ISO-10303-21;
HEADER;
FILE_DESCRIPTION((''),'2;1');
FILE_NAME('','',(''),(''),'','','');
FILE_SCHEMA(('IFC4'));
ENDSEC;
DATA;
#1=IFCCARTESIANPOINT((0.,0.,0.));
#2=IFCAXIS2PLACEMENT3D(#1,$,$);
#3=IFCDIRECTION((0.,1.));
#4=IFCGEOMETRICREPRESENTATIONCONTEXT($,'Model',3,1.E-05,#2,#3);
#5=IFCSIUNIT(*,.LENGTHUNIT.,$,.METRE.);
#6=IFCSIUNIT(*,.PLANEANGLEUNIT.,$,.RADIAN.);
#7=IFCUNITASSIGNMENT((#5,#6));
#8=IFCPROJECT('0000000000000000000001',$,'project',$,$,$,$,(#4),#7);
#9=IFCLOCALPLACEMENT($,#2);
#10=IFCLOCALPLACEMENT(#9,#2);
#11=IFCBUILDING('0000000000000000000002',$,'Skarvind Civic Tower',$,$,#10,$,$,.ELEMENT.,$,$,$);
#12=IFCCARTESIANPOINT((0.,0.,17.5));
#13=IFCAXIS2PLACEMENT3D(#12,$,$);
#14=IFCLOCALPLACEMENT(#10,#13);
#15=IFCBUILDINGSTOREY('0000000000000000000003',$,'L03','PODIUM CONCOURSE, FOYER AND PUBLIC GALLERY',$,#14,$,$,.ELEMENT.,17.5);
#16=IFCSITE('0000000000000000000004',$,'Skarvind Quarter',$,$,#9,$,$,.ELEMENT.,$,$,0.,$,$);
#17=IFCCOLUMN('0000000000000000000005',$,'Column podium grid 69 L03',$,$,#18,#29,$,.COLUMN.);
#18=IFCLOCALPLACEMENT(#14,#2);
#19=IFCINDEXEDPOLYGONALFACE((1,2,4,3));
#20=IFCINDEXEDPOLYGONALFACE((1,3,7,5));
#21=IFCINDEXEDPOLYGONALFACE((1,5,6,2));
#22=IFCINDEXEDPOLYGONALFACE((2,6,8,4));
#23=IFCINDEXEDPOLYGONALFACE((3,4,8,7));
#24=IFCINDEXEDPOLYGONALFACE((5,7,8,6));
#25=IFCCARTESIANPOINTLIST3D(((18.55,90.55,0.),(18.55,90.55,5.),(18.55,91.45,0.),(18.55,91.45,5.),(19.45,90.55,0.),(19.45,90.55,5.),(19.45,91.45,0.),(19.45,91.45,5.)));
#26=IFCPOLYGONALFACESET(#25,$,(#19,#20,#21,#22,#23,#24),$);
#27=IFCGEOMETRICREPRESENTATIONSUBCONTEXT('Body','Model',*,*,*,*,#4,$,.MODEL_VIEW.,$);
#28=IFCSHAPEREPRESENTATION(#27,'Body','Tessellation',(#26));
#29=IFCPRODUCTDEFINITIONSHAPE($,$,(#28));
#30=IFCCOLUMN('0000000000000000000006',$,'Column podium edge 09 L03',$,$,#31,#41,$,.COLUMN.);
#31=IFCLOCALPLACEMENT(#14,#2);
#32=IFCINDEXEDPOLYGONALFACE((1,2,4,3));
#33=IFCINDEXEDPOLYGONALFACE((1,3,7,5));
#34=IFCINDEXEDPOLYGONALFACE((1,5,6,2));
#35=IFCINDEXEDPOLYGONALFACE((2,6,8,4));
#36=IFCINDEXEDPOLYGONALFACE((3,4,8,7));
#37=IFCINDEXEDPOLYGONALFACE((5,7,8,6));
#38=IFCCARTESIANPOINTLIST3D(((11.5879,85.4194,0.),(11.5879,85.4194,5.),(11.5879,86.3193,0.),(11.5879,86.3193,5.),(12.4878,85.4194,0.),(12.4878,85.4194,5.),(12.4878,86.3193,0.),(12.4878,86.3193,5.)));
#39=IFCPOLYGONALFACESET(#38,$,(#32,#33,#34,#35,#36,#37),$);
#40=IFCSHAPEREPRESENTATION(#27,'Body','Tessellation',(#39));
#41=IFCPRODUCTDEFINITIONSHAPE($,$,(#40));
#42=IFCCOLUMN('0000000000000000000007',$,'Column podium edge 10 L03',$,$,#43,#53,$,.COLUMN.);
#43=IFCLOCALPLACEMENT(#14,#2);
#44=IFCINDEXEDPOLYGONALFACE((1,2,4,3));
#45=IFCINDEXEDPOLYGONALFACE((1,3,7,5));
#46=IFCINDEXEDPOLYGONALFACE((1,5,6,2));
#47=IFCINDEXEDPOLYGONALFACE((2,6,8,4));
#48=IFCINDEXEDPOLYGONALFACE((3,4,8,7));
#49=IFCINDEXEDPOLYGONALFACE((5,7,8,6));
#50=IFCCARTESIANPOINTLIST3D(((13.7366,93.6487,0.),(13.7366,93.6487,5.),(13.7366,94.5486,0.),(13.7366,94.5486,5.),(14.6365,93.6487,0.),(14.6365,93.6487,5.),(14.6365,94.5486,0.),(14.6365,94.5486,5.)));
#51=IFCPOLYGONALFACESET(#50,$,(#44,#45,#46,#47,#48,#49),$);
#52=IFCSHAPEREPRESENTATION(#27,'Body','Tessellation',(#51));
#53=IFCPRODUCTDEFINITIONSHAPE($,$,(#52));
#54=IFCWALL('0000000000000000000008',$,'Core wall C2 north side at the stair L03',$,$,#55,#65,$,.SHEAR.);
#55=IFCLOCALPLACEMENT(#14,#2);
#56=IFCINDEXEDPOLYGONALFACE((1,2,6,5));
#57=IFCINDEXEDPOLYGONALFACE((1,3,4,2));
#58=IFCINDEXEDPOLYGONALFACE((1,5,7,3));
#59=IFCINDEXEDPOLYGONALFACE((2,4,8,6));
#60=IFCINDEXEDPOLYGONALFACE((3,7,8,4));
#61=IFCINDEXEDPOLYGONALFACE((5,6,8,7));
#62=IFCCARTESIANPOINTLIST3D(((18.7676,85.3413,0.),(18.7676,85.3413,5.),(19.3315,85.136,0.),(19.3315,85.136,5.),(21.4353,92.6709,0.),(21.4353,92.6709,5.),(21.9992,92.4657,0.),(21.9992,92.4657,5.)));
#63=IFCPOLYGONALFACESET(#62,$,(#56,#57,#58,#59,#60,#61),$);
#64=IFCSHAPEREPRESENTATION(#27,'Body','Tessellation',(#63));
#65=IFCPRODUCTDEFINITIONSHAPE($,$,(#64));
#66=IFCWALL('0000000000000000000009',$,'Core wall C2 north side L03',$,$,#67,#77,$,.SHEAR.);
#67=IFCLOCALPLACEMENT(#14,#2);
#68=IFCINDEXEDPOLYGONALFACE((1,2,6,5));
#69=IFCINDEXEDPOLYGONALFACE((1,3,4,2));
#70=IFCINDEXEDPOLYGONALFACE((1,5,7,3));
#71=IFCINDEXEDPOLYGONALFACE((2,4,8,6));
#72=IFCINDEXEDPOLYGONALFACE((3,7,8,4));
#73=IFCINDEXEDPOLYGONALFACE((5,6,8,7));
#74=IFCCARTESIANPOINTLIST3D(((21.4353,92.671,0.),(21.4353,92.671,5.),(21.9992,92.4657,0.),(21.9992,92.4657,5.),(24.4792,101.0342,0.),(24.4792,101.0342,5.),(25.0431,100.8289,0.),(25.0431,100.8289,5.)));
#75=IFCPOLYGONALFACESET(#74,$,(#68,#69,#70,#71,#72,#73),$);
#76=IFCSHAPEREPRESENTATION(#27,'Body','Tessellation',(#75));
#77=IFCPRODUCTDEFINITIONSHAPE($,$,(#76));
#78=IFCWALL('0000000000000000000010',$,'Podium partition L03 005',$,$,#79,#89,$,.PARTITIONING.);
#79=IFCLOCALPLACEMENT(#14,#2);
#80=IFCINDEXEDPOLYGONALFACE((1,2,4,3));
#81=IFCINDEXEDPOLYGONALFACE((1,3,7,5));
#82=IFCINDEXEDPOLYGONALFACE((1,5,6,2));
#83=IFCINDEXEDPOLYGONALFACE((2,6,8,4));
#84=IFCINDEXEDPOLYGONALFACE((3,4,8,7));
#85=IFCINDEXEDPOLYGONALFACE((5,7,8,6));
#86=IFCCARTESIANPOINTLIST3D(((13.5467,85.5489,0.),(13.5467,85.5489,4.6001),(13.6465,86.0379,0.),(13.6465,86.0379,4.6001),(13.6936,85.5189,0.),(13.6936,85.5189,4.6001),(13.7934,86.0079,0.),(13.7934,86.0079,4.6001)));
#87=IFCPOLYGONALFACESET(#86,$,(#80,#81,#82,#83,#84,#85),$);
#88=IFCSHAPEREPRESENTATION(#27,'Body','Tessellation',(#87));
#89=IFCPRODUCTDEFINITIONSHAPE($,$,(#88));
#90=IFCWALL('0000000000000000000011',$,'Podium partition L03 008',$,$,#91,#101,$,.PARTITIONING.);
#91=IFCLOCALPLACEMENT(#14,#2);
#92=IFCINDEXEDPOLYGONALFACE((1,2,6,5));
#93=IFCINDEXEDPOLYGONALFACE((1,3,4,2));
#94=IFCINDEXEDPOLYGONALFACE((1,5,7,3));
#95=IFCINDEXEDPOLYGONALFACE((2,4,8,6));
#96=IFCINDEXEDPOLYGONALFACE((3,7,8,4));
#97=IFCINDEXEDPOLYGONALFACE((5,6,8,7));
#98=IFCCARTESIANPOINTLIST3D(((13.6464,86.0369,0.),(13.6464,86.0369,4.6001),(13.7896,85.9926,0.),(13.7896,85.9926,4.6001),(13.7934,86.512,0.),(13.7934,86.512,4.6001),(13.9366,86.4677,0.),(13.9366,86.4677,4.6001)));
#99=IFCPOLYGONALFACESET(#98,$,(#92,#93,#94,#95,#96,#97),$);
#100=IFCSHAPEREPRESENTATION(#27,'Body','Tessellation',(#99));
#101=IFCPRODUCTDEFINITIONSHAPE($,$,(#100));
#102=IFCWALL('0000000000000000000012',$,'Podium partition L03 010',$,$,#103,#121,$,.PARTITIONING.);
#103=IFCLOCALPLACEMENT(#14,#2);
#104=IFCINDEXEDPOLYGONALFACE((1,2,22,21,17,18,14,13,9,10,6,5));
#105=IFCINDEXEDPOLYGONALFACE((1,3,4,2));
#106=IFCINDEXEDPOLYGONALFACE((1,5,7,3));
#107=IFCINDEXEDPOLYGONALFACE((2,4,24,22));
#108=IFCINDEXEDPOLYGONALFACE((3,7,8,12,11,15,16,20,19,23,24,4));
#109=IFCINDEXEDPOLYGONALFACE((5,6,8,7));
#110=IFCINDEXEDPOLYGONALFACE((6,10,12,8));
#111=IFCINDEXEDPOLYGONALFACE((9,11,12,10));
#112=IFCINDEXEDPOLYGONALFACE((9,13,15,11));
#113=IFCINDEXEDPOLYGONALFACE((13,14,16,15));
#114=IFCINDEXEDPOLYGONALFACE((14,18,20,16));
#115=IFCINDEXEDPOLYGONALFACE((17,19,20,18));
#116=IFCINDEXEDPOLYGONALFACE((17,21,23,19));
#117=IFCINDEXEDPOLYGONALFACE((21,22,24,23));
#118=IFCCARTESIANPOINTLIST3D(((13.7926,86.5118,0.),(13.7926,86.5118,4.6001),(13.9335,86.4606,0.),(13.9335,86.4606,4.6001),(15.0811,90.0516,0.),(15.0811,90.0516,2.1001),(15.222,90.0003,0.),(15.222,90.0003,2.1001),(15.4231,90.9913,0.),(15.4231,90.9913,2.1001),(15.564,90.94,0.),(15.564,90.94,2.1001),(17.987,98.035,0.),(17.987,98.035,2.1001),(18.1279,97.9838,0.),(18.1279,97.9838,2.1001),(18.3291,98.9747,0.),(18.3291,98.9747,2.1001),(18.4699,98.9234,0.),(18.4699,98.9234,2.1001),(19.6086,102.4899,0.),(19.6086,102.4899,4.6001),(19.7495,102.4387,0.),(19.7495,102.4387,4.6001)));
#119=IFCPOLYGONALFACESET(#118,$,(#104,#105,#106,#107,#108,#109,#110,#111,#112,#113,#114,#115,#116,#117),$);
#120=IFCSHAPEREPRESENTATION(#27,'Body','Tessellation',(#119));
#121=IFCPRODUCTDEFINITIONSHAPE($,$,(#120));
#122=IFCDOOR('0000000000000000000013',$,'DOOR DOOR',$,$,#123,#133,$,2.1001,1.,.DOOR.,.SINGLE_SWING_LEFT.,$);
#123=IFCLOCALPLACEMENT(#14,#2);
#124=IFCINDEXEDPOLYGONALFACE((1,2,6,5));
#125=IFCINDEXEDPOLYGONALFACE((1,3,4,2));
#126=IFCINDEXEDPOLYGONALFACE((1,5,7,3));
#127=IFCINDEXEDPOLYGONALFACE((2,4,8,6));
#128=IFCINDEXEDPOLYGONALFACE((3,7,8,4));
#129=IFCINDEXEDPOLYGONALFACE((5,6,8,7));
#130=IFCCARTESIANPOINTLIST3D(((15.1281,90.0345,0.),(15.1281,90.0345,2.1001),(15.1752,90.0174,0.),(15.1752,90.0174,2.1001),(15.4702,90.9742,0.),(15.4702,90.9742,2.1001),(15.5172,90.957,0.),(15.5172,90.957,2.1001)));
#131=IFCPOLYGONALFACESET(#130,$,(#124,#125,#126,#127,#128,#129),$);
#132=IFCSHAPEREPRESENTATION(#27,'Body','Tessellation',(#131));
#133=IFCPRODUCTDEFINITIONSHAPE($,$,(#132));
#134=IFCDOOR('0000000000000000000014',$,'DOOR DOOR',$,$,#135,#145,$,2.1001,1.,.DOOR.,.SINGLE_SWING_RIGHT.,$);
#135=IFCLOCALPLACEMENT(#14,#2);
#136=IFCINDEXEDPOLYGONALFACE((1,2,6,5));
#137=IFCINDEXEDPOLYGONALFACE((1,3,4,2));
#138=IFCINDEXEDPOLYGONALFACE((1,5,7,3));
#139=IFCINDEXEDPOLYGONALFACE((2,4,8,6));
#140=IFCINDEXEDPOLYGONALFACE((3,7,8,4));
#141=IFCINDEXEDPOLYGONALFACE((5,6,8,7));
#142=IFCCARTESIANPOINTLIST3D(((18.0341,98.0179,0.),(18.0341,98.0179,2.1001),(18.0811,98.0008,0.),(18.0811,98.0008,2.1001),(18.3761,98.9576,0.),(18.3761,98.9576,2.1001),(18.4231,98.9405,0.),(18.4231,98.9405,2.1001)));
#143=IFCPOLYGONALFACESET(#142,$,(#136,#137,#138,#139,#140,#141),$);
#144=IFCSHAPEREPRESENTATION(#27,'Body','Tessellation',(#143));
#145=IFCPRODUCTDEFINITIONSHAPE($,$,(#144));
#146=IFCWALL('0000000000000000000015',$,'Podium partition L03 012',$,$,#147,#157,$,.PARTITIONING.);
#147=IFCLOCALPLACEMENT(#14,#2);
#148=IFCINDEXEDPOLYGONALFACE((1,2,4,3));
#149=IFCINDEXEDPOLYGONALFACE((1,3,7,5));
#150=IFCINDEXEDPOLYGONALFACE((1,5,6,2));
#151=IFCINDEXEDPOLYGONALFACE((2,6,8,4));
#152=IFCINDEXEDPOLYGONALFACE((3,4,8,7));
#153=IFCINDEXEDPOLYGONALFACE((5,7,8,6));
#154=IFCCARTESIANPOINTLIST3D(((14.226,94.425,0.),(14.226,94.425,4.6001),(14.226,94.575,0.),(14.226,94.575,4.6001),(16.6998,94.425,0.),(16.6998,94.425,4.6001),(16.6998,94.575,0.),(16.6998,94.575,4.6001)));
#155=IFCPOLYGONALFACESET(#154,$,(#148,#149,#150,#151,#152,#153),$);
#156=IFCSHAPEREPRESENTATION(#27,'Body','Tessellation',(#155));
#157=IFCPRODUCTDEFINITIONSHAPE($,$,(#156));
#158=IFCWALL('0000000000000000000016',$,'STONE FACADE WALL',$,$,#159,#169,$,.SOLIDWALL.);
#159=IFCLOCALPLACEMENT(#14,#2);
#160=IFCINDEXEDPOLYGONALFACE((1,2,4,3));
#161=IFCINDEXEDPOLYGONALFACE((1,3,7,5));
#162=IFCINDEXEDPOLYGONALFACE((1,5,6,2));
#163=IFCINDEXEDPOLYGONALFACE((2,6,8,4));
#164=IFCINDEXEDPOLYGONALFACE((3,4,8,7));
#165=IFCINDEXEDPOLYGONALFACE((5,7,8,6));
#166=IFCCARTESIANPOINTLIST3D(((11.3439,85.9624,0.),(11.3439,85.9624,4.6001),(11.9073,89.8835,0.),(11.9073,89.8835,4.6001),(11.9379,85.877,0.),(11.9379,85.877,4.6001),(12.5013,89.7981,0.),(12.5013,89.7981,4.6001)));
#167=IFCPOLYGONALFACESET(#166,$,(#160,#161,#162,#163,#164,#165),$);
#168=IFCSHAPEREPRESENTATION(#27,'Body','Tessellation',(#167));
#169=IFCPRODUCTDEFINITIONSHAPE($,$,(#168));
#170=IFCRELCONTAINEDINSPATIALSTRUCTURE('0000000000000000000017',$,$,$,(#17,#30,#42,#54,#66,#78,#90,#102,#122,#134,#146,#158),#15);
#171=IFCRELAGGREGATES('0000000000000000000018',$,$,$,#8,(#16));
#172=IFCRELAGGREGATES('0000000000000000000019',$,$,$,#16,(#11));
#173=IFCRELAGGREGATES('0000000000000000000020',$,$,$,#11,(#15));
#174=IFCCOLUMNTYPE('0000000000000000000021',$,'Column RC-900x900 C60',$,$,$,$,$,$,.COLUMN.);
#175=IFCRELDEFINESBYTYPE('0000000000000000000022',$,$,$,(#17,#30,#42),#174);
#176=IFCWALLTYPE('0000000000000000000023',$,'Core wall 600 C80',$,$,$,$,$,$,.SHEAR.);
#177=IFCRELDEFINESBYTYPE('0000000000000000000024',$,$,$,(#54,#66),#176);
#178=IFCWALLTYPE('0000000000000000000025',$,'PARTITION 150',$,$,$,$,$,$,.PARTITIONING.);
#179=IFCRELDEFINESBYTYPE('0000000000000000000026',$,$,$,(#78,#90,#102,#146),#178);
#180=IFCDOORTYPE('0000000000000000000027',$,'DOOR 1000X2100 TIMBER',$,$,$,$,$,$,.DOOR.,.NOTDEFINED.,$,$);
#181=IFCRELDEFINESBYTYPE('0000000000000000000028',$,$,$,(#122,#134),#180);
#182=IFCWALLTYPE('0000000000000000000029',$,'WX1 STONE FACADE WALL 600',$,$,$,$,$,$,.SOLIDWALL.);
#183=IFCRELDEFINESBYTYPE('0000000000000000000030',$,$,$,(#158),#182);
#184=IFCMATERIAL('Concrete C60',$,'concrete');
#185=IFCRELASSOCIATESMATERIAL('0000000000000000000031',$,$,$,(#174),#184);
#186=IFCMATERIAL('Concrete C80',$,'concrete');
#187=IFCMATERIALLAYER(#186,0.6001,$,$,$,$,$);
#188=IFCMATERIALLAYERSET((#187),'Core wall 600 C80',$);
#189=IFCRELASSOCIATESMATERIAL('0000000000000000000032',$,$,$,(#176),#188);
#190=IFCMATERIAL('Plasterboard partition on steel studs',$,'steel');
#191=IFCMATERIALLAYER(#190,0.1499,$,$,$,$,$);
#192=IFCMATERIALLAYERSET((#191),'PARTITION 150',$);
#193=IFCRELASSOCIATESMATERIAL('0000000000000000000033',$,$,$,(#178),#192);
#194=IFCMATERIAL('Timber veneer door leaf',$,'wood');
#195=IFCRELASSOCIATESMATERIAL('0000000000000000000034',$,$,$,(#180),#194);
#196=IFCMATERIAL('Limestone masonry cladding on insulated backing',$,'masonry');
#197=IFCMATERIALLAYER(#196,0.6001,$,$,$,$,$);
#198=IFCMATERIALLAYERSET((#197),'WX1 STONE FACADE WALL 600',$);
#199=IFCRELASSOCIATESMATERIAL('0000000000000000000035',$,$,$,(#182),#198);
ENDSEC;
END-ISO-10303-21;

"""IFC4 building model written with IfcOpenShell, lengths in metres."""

from ifc_helpers import new_model, si_unit, direction, frame, frame_2d, origin, origin_2d, place, context, subcontext, project, spatial, rectangle, extrude, material, layer, layer_set, material_profile, profile_set, type_object, element, fill, save


model = new_model("IFC4")

# Units and contexts
model_context = context("Model", 3, precision=1e-05, world=origin(), true_north=direction((0.0, 1.0)))
body_context = subcontext(model_context, "Body", "Model", "MODEL_VIEW")
ifc_project = project(units=[si_unit("LENGTHUNIT", "METRE"), si_unit("PLANEANGLEUNIT", "RADIAN")], contexts=[model_context])

# Site, building, storey
site_placement = place(None, origin())
site = spatial("IfcSite", under=ifc_project, at=site_placement, Name="Skarvind Quarter", CompositionType="ELEMENT", RefElevation=0.0)
building_placement = place(site_placement, origin())
building = spatial("IfcBuilding", under=site, at=building_placement, Name="Skarvind Civic Tower", CompositionType="ELEMENT")
storey_placement = place(building_placement, frame((0.0, 0.0, 17.5)))
storey = spatial("IfcBuildingStorey", under=building, at=storey_placement, Name="L03", Description="PODIUM CONCOURSE, FOYER AND PUBLIC GALLERY", CompositionType="ELEMENT", Elevation=17.5)

# Columns
ifc_material_1 = material(Name="Concrete C60", Category="concrete")
ifc_material_profile = material_profile(ifc_material_1, rectangle(XDim=0.8999, YDim=0.8999, at=origin_2d()), Name="RC-900x900")
ifc_profile_set = profile_set([ifc_material_profile], Name="Concrete C60")
column_type = type_object("IfcColumnType", Name="Column RC-900x900 C60", PredefinedType="COLUMN", material=ifc_profile_set)
for number, where, z_axis, x_axis, name in (
    (1, (19.0, 91.0, 0.0), (0.0, 0.0, 1.0), (1.0, 0.0, 0.0), "Column podium grid 69 L03"),
    (2, (12.0378, 85.8694, 0.0), (0.0, 0.0, 1.0), (1.0, 0.0, 0.0), "Column podium edge 09 L03"),
    (3, (14.1865, 94.0986, 0.0), (0.0, 0.0, 1.0), (1.0, 0.0, 0.0), "Column podium edge 10 L03"),
):
    element("IfcColumn", number, at=place(storey_placement, frame(where, z_axis=z_axis, x_axis=x_axis)), inside=storey, type_object=column_type, Name=name, PredefinedType="COLUMN", context=body_context, shape_type="SweptSolid", body=[
        extrude(rectangle(XDim=0.8999, YDim=0.8999, at=origin_2d()), origin(), (0.0, 0.0, 1.0), 5.0),
    ])

# Walls
ifc_material_2 = material(Name="Concrete C80", Category="concrete")
ifc_layer_1 = layer(ifc_material_2, 0.6001)
ifc_layer_set_1 = layer_set([ifc_layer_1], Name="Core wall 600 C80")
wall_type_1 = type_object("IfcWallType", Name="Core wall 600 C80", PredefinedType="SHEAR", material=ifc_layer_set_1)
wall_1_placement = place(storey_placement, frame((19.0496, 85.2388, 0.0), z_axis=(0.0, 0.0, 1.0), x_axis=(0.342017, 0.939694, 0.0)))
element("IfcWall", 4, at=wall_1_placement, inside=storey, type_object=wall_type_1, Name="Core wall C2 north side at the stair L03", PredefinedType="SHEAR", context=body_context, shape_type="SweptSolid", body=[
    extrude(rectangle(XDim=7.8, YDim=0.6001, at=frame_2d((3.8999, 0.0))), origin(), (0.0, 0.0, 1.0), 5.0),
])
wall_2_placement = place(storey_placement, frame((21.7173, 92.5684, 0.0), z_axis=(0.0, 0.0, 1.0), x_axis=(0.342016, 0.939694, 0.0)))
element("IfcWall", 5, at=wall_2_placement, inside=storey, type_object=wall_type_1, Name="Core wall C2 north side L03", PredefinedType="SHEAR", context=body_context, shape_type="SweptSolid", body=[
    extrude(rectangle(XDim=8.8999, YDim=0.6001, at=frame_2d((4.45, 0.0))), origin(), (0.0, 0.0, 1.0), 5.0),
])
ifc_material_3 = material(Name="Plasterboard partition on steel studs", Category="steel")
ifc_layer_2 = layer(ifc_material_3, 0.1499)
ifc_layer_set_2 = layer_set([ifc_layer_2], Name="PARTITION 150")
wall_type_2 = type_object("IfcWallType", Name="PARTITION 150", PredefinedType="PARTITIONING", material=ifc_layer_set_2)
wall_3_placement = place(storey_placement, frame((13.6201, 85.5339, 0.0), z_axis=(0.0, 0.0, 1.0), x_axis=(0.200065, 0.979783, 0.0)))
element("IfcWall", 6, at=wall_3_placement, inside=storey, type_object=wall_type_2, Name="Podium partition L03 005", PredefinedType="PARTITIONING", context=body_context, shape_type="SweptSolid", body=[
    extrude(rectangle(XDim=0.499, YDim=0.1499, at=frame_2d((0.2495, 0.0))), origin(), (0.0, 0.0, 1.0), 4.6001),
])
wall_4_placement = place(storey_placement, frame((13.718, 86.0149, 0.0), z_axis=(0.0, 0.0, 1.0), x_axis=(0.295534, 0.955332, 0.0)))
element("IfcWall", 7, at=wall_4_placement, inside=storey, type_object=wall_type_2, Name="Podium partition L03 008", PredefinedType="PARTITIONING", context=body_context, shape_type="SweptSolid", body=[
    extrude(rectangle(XDim=0.4973, YDim=0.1499, at=frame_2d((0.2485, 0.0))), origin(), (0.0, 0.0, 1.0), 4.6001),
])

# Wall, openings, doors
wall_5_placement = place(storey_placement, frame((13.863, 86.4861, 0.0), z_axis=(0.0, 0.0, 1.0), x_axis=(0.34204, 0.939685, 0.0)))
wall_5 = element("IfcWall", 8, at=wall_5_placement, inside=storey, type_object=wall_type_2, Name="Podium partition L03 010", PredefinedType="PARTITIONING", context=body_context, shape_type="SweptSolid", body=[
    extrude(rectangle(XDim=17.0037, YDim=0.1499, at=frame_2d((8.502, 0.0))), origin(), (0.0, 0.0, 1.0), 4.6001),
])
opening_1_placement = place(wall_5_placement, frame((3.7671, 0.0, 0.0)))
opening_1 = element("IfcOpeningElement", 9, at=opening_1_placement, cuts=wall_5, PredefinedType="OPENING", context=body_context, shape_type="SweptSolid", body=[
    extrude(rectangle(XDim=1.0, YDim=2.1001, at=frame_2d((0.5, 1.05))), frame((0.0, 0.085, 0.0), z_axis=(0.0, -1.0, 0.0), x_axis=(1.0, 0.0, 0.0)), (0.0, 0.0, 1.0), 0.1699),
])
opening_2_placement = place(wall_5_placement, frame((12.2629, 0.0, 0.0)))
opening_2 = element("IfcOpeningElement", 10, at=opening_2_placement, cuts=wall_5, PredefinedType="OPENING", context=body_context, shape_type="SweptSolid", body=[
    extrude(rectangle(XDim=1.0, YDim=2.1001, at=frame_2d((0.5, 1.05))), frame((0.0, 0.085, 0.0), z_axis=(0.0, -1.0, 0.0), x_axis=(1.0, 0.0, 0.0)), (0.0, 0.0, 1.0), 0.1699),
])
ifc_material_4 = material(Name="Timber veneer door leaf", Category="wood")
door_type = type_object("IfcDoorType", Name="DOOR 1000X2100 TIMBER", OperationType="NOTDEFINED", PredefinedType="DOOR", material=ifc_material_4)
door_1_placement = place(opening_1_placement, origin())
door_1 = element("IfcDoor", 11, at=door_1_placement, inside=storey, type_object=door_type, Name="DOOR DOOR", OperationType="SINGLE_SWING_LEFT", OverallHeight=2.1001, OverallWidth=1.0, PredefinedType="DOOR", context=body_context, shape_type="SweptSolid", body=[
    extrude(rectangle(XDim=1.0, YDim=2.1001, at=frame_2d((0.5, 1.05))), frame((0.0, 0.0249, 0.0), z_axis=(0.0, -1.0, 0.0), x_axis=(1.0, 0.0, 0.0)), (0.0, 0.0, 1.0), 0.05),
])
fill(opening_1, door_1)
door_2_placement = place(opening_2_placement, origin())
door_2 = element("IfcDoor", 12, at=door_2_placement, inside=storey, type_object=door_type, Name="DOOR DOOR", OperationType="SINGLE_SWING_RIGHT", OverallHeight=2.1001, OverallWidth=1.0, PredefinedType="DOOR", context=body_context, shape_type="SweptSolid", body=[
    extrude(rectangle(XDim=1.0, YDim=2.1001, at=frame_2d((0.5, 1.05))), frame((0.0, 0.0249, 0.0), z_axis=(0.0, -1.0, 0.0), x_axis=(1.0, 0.0, 0.0)), (0.0, 0.0, 1.0), 0.05),
])
fill(opening_2, door_2)

# Wall
wall_6_placement = place(storey_placement, frame((14.2261, 94.5, 0.0), z_axis=(0.0, 0.0, 1.0), x_axis=(1.0, 0.0, 0.0)))
element("IfcWall", 13, at=wall_6_placement, inside=storey, type_object=wall_type_2, Name="Podium partition L03 012", PredefinedType="PARTITIONING", context=body_context, shape_type="SweptSolid", body=[
    extrude(rectangle(XDim=2.4739, YDim=0.1499, at=frame_2d((1.2368, 0.0))), origin(), (0.0, 0.0, 1.0), 4.6001),
])

# Shared definitions
ifc_material_5 = material(Name="Limestone masonry cladding on insulated backing", Category="masonry")
ifc_layer_3 = layer(ifc_material_5, 0.6001)
ifc_layer_set_3 = layer_set([ifc_layer_3], Name="WX1 STONE FACADE WALL 600")
wall_type_3 = type_object("IfcWallType", Name="WX1 STONE FACADE WALL 600", PredefinedType="SOLIDWALL", material=ifc_layer_set_3)

# Wall
wall_7_placement = place(storey_placement, frame((11.6409, 85.9197, 0.0), z_axis=(0.0, 0.0, 1.0), x_axis=(0.142241, 0.989832, 0.0)))
element("IfcWall", 14, at=wall_7_placement, inside=storey, type_object=wall_type_3, Name="STONE FACADE WALL", PredefinedType="SOLIDWALL", context=body_context, shape_type="SweptSolid", body=[
    extrude(rectangle(XDim=3.9614, YDim=0.6001, at=frame_2d((1.9807, 0.0))), origin(), (0.0, 0.0, 1.0), 4.6001),
])

save(model, "model.ifc")
